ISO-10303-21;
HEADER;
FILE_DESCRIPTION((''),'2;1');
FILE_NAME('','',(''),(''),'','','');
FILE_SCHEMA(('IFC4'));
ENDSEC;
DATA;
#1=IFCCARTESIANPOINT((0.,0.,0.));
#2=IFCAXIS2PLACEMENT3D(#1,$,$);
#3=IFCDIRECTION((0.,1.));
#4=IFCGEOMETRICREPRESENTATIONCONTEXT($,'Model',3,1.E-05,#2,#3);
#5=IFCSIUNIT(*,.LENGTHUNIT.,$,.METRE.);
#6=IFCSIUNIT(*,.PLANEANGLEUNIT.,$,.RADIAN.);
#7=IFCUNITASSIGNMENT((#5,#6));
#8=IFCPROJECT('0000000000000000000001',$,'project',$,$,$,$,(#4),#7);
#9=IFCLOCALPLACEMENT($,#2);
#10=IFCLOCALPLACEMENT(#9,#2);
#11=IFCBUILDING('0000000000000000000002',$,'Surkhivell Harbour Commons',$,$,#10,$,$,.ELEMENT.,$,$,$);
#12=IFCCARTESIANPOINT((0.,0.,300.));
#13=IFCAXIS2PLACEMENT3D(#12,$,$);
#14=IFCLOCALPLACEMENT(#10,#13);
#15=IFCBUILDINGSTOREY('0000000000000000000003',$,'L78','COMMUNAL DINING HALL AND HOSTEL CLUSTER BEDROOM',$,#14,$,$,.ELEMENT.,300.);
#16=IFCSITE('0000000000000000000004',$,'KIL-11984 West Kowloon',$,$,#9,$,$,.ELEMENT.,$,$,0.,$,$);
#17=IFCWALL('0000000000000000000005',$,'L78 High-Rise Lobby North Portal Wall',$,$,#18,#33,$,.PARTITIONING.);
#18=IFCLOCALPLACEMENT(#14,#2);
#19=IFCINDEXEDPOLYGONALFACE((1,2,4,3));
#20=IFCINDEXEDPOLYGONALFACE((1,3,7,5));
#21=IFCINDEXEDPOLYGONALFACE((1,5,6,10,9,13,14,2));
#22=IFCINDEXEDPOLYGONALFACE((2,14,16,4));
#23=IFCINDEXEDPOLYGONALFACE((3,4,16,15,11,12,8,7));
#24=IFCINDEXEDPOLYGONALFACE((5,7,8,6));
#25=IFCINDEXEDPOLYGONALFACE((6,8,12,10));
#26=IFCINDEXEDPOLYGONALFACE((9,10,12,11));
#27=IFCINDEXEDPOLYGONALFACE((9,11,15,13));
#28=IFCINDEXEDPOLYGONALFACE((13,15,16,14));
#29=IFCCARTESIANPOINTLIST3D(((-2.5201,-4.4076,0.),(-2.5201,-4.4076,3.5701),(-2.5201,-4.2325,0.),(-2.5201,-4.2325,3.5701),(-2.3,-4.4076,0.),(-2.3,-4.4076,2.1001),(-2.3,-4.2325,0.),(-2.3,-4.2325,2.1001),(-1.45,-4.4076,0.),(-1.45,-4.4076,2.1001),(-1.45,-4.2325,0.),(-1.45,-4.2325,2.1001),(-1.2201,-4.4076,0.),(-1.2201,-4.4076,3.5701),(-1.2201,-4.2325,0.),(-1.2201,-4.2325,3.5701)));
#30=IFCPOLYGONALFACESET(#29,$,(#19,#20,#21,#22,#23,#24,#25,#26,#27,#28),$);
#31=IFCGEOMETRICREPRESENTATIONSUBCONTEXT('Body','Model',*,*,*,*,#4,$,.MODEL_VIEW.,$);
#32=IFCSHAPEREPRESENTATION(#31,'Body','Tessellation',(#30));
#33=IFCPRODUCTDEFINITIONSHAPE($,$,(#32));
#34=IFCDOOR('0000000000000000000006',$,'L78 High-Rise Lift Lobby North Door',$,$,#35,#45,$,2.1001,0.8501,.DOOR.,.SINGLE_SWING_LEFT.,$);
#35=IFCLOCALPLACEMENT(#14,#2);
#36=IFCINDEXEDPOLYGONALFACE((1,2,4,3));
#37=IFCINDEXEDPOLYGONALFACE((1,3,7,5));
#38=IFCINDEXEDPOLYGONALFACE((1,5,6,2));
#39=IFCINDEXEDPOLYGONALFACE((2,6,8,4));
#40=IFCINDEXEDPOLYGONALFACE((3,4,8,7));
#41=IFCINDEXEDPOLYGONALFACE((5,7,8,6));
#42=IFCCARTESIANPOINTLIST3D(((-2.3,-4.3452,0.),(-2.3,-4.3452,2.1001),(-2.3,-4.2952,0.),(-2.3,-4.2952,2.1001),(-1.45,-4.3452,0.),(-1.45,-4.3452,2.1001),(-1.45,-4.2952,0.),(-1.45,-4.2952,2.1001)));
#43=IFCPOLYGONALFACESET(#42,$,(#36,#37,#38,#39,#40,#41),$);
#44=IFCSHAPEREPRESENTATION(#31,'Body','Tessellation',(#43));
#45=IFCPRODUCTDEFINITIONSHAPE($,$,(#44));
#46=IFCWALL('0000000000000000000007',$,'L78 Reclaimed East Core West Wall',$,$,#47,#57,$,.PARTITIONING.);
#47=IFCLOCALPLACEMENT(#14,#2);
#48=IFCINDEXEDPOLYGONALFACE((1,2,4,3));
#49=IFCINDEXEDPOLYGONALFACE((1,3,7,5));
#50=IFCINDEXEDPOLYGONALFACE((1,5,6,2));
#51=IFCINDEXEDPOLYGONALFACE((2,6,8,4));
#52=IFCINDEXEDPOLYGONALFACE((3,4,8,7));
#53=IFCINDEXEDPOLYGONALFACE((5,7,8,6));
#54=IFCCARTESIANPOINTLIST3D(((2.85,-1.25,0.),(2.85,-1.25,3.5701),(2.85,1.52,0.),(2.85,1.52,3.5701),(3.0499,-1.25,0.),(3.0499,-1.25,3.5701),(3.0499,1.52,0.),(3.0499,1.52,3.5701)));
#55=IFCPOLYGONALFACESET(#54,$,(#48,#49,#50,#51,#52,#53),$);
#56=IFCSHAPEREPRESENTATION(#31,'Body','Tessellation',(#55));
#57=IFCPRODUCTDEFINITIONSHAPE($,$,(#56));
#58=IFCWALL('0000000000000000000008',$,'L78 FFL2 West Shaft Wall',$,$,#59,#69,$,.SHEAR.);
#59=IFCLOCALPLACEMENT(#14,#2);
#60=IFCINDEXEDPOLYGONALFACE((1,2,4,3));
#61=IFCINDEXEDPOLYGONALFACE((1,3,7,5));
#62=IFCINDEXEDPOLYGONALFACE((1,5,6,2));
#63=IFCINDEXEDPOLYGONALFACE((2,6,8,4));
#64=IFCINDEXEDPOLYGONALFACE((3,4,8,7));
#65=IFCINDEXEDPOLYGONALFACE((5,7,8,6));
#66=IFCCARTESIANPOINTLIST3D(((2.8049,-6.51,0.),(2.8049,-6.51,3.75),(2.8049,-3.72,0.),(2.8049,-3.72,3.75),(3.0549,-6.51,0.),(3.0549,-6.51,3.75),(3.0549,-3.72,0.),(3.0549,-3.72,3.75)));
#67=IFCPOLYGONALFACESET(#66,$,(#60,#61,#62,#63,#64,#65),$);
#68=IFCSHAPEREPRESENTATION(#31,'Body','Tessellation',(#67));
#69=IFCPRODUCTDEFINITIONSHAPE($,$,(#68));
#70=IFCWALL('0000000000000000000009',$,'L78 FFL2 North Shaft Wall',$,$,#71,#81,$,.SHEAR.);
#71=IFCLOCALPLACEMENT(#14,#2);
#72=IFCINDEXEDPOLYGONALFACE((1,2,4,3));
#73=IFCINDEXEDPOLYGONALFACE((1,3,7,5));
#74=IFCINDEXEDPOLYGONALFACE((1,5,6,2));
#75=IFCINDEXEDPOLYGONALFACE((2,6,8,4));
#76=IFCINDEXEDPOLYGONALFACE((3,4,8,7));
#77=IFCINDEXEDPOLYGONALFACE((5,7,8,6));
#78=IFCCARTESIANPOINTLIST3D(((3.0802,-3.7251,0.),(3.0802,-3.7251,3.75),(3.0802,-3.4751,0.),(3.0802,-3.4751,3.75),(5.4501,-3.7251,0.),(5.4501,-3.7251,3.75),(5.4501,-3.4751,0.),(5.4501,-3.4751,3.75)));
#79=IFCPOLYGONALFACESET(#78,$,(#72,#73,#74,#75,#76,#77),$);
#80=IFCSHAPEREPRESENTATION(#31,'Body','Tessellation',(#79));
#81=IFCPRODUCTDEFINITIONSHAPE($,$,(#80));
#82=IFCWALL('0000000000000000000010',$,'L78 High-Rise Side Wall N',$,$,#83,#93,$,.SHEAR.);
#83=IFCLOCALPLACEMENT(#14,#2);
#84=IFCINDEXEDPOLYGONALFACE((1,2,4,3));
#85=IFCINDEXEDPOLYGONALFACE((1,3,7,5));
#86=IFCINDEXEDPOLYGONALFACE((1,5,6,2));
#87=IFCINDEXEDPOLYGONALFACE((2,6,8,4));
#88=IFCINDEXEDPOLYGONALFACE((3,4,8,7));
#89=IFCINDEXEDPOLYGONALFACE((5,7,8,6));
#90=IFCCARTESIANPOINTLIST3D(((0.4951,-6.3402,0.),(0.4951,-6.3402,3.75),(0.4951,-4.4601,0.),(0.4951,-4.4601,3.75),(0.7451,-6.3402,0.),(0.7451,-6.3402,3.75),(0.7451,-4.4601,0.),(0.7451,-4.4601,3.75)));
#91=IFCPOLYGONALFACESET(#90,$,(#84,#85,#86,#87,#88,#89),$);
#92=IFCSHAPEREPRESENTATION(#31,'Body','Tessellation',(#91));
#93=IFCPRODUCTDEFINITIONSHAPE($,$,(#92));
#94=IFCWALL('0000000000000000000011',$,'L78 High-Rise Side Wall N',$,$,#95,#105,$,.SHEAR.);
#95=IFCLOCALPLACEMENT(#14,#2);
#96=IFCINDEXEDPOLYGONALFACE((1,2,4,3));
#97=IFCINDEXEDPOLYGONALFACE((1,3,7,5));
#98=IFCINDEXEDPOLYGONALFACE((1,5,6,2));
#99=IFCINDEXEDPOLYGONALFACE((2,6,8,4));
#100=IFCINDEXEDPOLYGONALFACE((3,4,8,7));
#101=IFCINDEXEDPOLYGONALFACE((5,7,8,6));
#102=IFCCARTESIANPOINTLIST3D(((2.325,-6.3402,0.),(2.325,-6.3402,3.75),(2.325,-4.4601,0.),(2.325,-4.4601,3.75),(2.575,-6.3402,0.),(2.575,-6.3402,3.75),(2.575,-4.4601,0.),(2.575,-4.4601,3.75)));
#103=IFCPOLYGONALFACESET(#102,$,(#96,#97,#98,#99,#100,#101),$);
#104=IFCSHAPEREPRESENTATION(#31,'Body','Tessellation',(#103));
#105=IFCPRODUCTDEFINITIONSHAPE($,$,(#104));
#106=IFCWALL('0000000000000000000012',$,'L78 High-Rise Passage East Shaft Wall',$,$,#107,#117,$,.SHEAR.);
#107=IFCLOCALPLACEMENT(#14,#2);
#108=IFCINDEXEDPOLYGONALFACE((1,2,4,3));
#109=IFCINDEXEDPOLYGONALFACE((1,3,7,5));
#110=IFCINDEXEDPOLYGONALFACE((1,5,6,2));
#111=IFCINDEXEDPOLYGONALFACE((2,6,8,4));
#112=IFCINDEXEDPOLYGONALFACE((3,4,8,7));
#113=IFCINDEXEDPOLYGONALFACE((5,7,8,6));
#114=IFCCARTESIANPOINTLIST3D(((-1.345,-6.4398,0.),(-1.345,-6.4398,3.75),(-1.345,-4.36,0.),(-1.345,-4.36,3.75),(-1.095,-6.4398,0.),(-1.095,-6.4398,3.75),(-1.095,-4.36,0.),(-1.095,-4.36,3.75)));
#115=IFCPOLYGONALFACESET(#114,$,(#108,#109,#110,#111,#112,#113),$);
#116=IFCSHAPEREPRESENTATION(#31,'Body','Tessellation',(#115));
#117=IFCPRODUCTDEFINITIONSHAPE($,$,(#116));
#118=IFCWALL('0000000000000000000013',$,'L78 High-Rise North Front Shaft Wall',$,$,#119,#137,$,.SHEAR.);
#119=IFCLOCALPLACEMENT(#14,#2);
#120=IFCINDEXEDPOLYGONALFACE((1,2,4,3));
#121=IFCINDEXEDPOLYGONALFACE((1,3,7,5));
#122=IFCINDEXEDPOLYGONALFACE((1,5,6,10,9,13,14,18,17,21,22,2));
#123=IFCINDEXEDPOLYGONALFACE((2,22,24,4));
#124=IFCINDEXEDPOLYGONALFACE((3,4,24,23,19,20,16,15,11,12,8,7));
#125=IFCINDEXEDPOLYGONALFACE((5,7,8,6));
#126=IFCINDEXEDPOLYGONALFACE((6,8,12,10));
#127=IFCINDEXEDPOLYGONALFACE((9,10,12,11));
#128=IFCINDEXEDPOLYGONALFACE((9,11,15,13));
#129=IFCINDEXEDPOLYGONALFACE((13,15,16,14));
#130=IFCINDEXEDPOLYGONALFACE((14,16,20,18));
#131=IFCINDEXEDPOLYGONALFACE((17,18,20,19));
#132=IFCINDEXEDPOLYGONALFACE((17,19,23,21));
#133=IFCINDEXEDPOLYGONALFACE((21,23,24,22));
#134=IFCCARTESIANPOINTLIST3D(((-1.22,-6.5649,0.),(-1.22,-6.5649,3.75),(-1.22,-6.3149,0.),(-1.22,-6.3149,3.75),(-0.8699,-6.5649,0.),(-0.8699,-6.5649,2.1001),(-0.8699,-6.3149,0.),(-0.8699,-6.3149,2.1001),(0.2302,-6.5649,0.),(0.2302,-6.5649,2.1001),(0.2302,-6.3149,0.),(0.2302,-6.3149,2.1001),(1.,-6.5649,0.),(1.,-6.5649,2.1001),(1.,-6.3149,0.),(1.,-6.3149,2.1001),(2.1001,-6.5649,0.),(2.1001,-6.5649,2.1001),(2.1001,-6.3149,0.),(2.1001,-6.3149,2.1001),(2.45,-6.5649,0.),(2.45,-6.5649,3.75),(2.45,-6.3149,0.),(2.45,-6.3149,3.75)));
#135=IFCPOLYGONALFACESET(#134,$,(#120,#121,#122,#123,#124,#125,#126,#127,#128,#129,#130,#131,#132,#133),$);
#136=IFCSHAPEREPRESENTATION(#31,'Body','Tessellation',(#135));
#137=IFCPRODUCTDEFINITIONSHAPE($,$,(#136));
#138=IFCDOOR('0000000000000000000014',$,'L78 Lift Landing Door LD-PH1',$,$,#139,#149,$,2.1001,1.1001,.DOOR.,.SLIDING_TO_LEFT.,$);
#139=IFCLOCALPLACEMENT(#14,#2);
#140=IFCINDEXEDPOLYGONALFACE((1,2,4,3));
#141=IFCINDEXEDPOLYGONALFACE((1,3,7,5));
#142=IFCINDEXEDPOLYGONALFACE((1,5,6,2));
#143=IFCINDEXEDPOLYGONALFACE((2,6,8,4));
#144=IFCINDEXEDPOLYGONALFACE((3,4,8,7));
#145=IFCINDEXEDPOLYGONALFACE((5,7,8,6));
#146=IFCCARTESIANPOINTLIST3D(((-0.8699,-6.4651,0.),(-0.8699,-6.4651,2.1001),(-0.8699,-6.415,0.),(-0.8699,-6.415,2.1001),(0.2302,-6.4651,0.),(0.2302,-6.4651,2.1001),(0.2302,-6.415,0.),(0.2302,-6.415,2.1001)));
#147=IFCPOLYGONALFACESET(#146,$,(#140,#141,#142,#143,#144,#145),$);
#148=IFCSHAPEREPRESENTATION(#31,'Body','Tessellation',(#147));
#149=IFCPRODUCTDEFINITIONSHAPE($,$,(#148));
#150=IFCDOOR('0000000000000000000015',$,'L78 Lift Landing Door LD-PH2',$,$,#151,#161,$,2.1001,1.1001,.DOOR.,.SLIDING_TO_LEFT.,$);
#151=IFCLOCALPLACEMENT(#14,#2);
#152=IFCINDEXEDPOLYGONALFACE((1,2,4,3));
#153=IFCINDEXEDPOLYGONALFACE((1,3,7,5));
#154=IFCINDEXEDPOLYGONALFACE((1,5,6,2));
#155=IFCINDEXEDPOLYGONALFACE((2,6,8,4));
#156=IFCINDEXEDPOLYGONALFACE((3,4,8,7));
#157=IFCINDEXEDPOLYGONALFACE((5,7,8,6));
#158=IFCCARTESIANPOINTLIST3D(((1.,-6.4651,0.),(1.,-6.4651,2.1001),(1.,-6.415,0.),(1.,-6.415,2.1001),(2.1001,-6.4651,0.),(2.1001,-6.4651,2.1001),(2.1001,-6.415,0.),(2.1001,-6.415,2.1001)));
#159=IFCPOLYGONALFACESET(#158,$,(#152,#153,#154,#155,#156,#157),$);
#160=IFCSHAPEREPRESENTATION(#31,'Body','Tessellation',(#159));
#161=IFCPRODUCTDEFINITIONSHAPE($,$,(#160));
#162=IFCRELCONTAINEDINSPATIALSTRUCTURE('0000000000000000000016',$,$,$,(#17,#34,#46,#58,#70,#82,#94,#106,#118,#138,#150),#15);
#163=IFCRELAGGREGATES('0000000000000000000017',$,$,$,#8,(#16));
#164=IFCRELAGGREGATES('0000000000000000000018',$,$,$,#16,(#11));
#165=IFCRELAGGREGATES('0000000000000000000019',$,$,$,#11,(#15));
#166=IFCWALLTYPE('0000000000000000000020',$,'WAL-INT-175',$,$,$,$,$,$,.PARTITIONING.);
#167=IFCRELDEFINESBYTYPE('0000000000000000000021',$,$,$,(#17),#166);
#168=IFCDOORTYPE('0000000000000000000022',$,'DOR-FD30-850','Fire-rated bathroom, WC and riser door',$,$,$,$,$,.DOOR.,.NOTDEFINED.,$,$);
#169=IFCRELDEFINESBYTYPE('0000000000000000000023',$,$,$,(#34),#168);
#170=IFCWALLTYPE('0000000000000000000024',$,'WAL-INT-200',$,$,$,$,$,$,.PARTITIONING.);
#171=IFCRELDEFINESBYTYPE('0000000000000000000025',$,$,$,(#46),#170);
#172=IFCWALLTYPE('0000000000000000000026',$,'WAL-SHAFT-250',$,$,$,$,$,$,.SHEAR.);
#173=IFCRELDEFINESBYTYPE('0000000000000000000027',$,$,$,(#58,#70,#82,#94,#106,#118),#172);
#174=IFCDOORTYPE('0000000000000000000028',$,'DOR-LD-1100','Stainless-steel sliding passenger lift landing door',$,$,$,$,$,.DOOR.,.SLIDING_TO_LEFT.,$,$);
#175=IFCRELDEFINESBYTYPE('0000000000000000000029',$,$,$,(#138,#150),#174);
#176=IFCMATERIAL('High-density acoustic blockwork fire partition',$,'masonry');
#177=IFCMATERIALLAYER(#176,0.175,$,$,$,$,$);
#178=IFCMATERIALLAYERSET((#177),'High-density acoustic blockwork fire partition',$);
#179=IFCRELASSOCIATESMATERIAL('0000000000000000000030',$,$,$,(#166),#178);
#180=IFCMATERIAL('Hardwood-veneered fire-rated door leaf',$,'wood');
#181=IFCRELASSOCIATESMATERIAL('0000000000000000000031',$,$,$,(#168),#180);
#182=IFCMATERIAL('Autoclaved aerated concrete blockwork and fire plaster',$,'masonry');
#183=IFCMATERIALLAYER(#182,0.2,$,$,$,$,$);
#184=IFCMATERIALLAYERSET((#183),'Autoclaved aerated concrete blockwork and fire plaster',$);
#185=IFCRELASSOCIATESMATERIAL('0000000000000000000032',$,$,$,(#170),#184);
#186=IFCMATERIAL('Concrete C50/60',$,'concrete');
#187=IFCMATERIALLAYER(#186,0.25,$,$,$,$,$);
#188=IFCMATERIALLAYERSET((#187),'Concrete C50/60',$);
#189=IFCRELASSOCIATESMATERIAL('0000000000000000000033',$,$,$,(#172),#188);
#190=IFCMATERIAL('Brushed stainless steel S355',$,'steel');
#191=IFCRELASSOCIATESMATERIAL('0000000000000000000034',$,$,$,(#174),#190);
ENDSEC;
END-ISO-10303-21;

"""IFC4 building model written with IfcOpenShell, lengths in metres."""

from ifc_helpers import new_model, si_unit, direction, frame, frame_2d, origin, place, context, subcontext, project, spatial, rectangle, extrude, material, layer, layer_set, type_object, element, fill, save


model = new_model("IFC4")

# Units and contexts
model_context = context("Model", 3, precision=1e-05, world=origin(), true_north=direction((0.0, 1.0)))
body_context = subcontext(model_context, "Body", "Model", "MODEL_VIEW")
ifc_project = project(units=[si_unit("LENGTHUNIT", "METRE"), si_unit("PLANEANGLEUNIT", "RADIAN")], contexts=[model_context])

# Site, building, storey
site_placement = place(None, origin())
site = spatial("IfcSite", under=ifc_project, at=site_placement, Name="KIL-11984 West Kowloon", CompositionType="ELEMENT", RefElevation=0.0)
building_placement = place(site_placement, origin())
building = spatial("IfcBuilding", under=site, at=building_placement, Name="Surkhivell Harbour Commons", CompositionType="ELEMENT")
storey_placement = place(building_placement, frame((0.0, 0.0, 300.0)))
storey = spatial("IfcBuildingStorey", under=building, at=storey_placement, Name="L78", Description="COMMUNAL DINING HALL AND HOSTEL CLUSTER BEDROOM", CompositionType="ELEMENT", Elevation=300.0)

# Wall, opening, door
ifc_material_1 = material(Name="High-density acoustic blockwork fire partition", Category="masonry")
ifc_layer_1 = layer(ifc_material_1, 0.175)
ifc_layer_set_1 = layer_set([ifc_layer_1], Name="High-density acoustic blockwork fire partition")
wall_type_1 = type_object("IfcWallType", Name="WAL-INT-175", PredefinedType="PARTITIONING", material=ifc_layer_set_1)
ifc_material_2 = material(Name="Hardwood-veneered fire-rated door leaf", Category="wood")
door_type_1 = type_object("IfcDoorType", Name="DOR-FD30-850", Description="Fire-rated bathroom, WC and riser door", OperationType="NOTDEFINED", PredefinedType="DOOR", material=ifc_material_2)
wall_1_placement = place(storey_placement, frame((-2.52, -4.3201, 0.0), z_axis=(0.0, 0.0, 1.0), x_axis=(1.0, 0.0, 0.0)))
wall_1 = element("IfcWall", 1, at=wall_1_placement, inside=storey, type_object=wall_type_1, Name="L78 High-Rise Lobby North Portal Wall", PredefinedType="PARTITIONING", context=body_context, shape_type="SweptSolid", body=[
    extrude(rectangle(XDim=1.3, YDim=0.175, at=frame_2d((0.6499, 0.0))), origin(), (0.0, 0.0, 1.0), 3.5701),
])
opening_1_placement = place(wall_1_placement, frame((0.22, 0.0, 0.0)))
opening_1 = element("IfcOpeningElement", 2, at=opening_1_placement, cuts=wall_1, PredefinedType="OPENING", context=body_context, shape_type="SweptSolid", body=[
    extrude(rectangle(XDim=0.8501, YDim=2.1001, at=frame_2d((0.425, 1.05))), frame((0.0, 0.0974, 0.0), z_axis=(0.0, -1.0, 0.0), x_axis=(1.0, 0.0, 0.0)), (0.0, 0.0, 1.0), 0.1951),
])
door_1_placement = place(opening_1_placement, origin())
door_1 = element("IfcDoor", 3, at=door_1_placement, inside=storey, type_object=door_type_1, Name="L78 High-Rise Lift Lobby North Door", OperationType="SINGLE_SWING_LEFT", OverallHeight=2.1001, OverallWidth=0.8501, PredefinedType="DOOR", context=body_context, shape_type="SweptSolid", body=[
    extrude(rectangle(XDim=0.8501, YDim=2.1001, at=frame_2d((0.425, 1.05))), frame((0.0, 0.0249, 0.0), z_axis=(0.0, -1.0, 0.0), x_axis=(1.0, 0.0, 0.0)), (0.0, 0.0, 1.0), 0.05),
])
fill(opening_1, door_1)

# Walls
ifc_material_3 = material(Name="Autoclaved aerated concrete blockwork and fire plaster", Category="masonry")
ifc_layer_2 = layer(ifc_material_3, 0.2)
ifc_layer_set_2 = layer_set([ifc_layer_2], Name="Autoclaved aerated concrete blockwork and fire plaster")
wall_type_2 = type_object("IfcWallType", Name="WAL-INT-200", PredefinedType="PARTITIONING", material=ifc_layer_set_2)
wall_2_placement = place(storey_placement, frame((2.95, -1.25, 0.0), z_axis=(0.0, 0.0, 1.0), x_axis=(0.0, 1.0, 0.0)))
element("IfcWall", 4, at=wall_2_placement, inside=storey, type_object=wall_type_2, Name="L78 Reclaimed East Core West Wall", PredefinedType="PARTITIONING", context=body_context, shape_type="SweptSolid", body=[
    extrude(rectangle(XDim=2.77, YDim=0.2, at=frame_2d((1.385, 0.0))), origin(), (0.0, 0.0, 1.0), 3.5701),
])
ifc_material_4 = material(Name="Concrete C50/60", Category="concrete")
ifc_layer_3 = layer(ifc_material_4, 0.25)
ifc_layer_set_3 = layer_set([ifc_layer_3], Name="Concrete C50/60")
wall_type_3 = type_object("IfcWallType", Name="WAL-SHAFT-250", PredefinedType="SHEAR", material=ifc_layer_set_3)
wall_3_placement = place(storey_placement, frame((2.9299, -6.51, 0.0), z_axis=(0.0, 0.0, 1.0), x_axis=(0.0, 1.0, 0.0)))
element("IfcWall", 5, at=wall_3_placement, inside=storey, type_object=wall_type_3, Name="L78 FFL2 West Shaft Wall", PredefinedType="SHEAR", context=body_context, shape_type="SweptSolid", body=[
    extrude(rectangle(XDim=2.79, YDim=0.25, at=frame_2d((1.395, 0.0))), origin(), (0.0, 0.0, 1.0), 3.75),
])
wall_4_placement = place(storey_placement, frame((3.0801, -3.6001, 0.0), z_axis=(0.0, 0.0, 1.0), x_axis=(1.0, 0.0, 0.0)))
element("IfcWall", 6, at=wall_4_placement, inside=storey, type_object=wall_type_3, Name="L78 FFL2 North Shaft Wall", PredefinedType="SHEAR", context=body_context, shape_type="SweptSolid", body=[
    extrude(rectangle(XDim=2.3699, YDim=0.25, at=frame_2d((1.1851, 0.0))), origin(), (0.0, 0.0, 1.0), 3.75),
])
for number, where, z_axis, x_axis, name in (
    (7, (0.6201, -6.3401, 0.0), (0.0, 0.0, 1.0), (0.0, 1.0, 0.0), "L78 High-Rise Side Wall N"),
    (8, (2.45, -6.3401, 0.0), (0.0, 0.0, 1.0), (0.0, 1.0, 0.0), "L78 High-Rise Side Wall N"),
):
    element("IfcWall", number, at=place(storey_placement, frame(where, z_axis=z_axis, x_axis=x_axis)), inside=storey, type_object=wall_type_3, Name=name, PredefinedType="SHEAR", context=body_context, shape_type="SweptSolid", body=[
        extrude(rectangle(XDim=1.8801, YDim=0.25, at=frame_2d((0.9399, 0.0))), origin(), (0.0, 0.0, 1.0), 3.75),
    ])
wall_5_placement = place(storey_placement, frame((-1.22, -6.4399, 0.0), z_axis=(0.0, 0.0, 1.0), x_axis=(0.0, 1.0, 0.0)))
element("IfcWall", 9, at=wall_5_placement, inside=storey, type_object=wall_type_3, Name="L78 High-Rise Passage East Shaft Wall", PredefinedType="SHEAR", context=body_context, shape_type="SweptSolid", body=[
    extrude(rectangle(XDim=2.0798, YDim=0.25, at=frame_2d((1.04, 0.0))), origin(), (0.0, 0.0, 1.0), 3.75),
])

# Wall, openings, doors
wall_6_placement = place(storey_placement, frame((-1.22, -6.4399, 0.0), z_axis=(0.0, 0.0, 1.0), x_axis=(1.0, 0.0, 0.0)))
wall_6 = element("IfcWall", 10, at=wall_6_placement, inside=storey, type_object=wall_type_3, Name="L78 High-Rise North Front Shaft Wall", PredefinedType="SHEAR", context=body_context, shape_type="SweptSolid", body=[
    extrude(rectangle(XDim=3.6699, YDim=0.25, at=frame_2d((1.835, 0.0))), origin(), (0.0, 0.0, 1.0), 3.75),
])
opening_2_placement = place(wall_6_placement, frame((0.3501, 0.0, 0.0)))
opening_2 = element("IfcOpeningElement", 11, at=opening_2_placement, cuts=wall_6, PredefinedType="OPENING", context=body_context, shape_type="SweptSolid", body=[
    extrude(rectangle(XDim=1.1001, YDim=2.1001, at=frame_2d((0.55, 1.05))), frame((0.0, 0.135, 0.0), z_axis=(0.0, -1.0, 0.0), x_axis=(1.0, 0.0, 0.0)), (0.0, 0.0, 1.0), 0.27),
])
opening_3_placement = place(wall_6_placement, frame((2.22, 0.0, 0.0)))
opening_3 = element("IfcOpeningElement", 12, at=opening_3_placement, cuts=wall_6, PredefinedType="OPENING", context=body_context, shape_type="SweptSolid", body=[
    extrude(rectangle(XDim=1.1001, YDim=2.1001, at=frame_2d((0.55, 1.05))), frame((0.0, 0.135, 0.0), z_axis=(0.0, -1.0, 0.0), x_axis=(1.0, 0.0, 0.0)), (0.0, 0.0, 1.0), 0.27),
])
ifc_material_5 = material(Name="Brushed stainless steel S355", Category="steel")
door_type_2 = type_object("IfcDoorType", Name="DOR-LD-1100", Description="Stainless-steel sliding passenger lift landing door", OperationType="SLIDING_TO_LEFT", PredefinedType="DOOR", material=ifc_material_5)
door_2_placement = place(opening_2_placement, origin())
door_2 = element("IfcDoor", 13, at=door_2_placement, inside=storey, type_object=door_type_2, Name="L78 Lift Landing Door LD-PH1", OperationType="SLIDING_TO_LEFT", OverallHeight=2.1001, OverallWidth=1.1001, PredefinedType="DOOR", context=body_context, shape_type="SweptSolid", body=[
    extrude(rectangle(XDim=1.1001, YDim=2.1001, at=frame_2d((0.55, 1.05))), frame((0.0, 0.0249, 0.0), z_axis=(0.0, -1.0, 0.0), x_axis=(1.0, 0.0, 0.0)), (0.0, 0.0, 1.0), 0.05),
])
fill(opening_2, door_2)
door_3_placement = place(opening_3_placement, origin())
door_3 = element("IfcDoor", 14, at=door_3_placement, inside=storey, type_object=door_type_2, Name="L78 Lift Landing Door LD-PH2", OperationType="SLIDING_TO_LEFT", OverallHeight=2.1001, OverallWidth=1.1001, PredefinedType="DOOR", context=body_context, shape_type="SweptSolid", body=[
    extrude(rectangle(XDim=1.1001, YDim=2.1001, at=frame_2d((0.55, 1.05))), frame((0.0, 0.0249, 0.0), z_axis=(0.0, -1.0, 0.0), x_axis=(1.0, 0.0, 0.0)), (0.0, 0.0, 1.0), 0.05),
])
fill(opening_3, door_3)

save(model, "model.ifc")
